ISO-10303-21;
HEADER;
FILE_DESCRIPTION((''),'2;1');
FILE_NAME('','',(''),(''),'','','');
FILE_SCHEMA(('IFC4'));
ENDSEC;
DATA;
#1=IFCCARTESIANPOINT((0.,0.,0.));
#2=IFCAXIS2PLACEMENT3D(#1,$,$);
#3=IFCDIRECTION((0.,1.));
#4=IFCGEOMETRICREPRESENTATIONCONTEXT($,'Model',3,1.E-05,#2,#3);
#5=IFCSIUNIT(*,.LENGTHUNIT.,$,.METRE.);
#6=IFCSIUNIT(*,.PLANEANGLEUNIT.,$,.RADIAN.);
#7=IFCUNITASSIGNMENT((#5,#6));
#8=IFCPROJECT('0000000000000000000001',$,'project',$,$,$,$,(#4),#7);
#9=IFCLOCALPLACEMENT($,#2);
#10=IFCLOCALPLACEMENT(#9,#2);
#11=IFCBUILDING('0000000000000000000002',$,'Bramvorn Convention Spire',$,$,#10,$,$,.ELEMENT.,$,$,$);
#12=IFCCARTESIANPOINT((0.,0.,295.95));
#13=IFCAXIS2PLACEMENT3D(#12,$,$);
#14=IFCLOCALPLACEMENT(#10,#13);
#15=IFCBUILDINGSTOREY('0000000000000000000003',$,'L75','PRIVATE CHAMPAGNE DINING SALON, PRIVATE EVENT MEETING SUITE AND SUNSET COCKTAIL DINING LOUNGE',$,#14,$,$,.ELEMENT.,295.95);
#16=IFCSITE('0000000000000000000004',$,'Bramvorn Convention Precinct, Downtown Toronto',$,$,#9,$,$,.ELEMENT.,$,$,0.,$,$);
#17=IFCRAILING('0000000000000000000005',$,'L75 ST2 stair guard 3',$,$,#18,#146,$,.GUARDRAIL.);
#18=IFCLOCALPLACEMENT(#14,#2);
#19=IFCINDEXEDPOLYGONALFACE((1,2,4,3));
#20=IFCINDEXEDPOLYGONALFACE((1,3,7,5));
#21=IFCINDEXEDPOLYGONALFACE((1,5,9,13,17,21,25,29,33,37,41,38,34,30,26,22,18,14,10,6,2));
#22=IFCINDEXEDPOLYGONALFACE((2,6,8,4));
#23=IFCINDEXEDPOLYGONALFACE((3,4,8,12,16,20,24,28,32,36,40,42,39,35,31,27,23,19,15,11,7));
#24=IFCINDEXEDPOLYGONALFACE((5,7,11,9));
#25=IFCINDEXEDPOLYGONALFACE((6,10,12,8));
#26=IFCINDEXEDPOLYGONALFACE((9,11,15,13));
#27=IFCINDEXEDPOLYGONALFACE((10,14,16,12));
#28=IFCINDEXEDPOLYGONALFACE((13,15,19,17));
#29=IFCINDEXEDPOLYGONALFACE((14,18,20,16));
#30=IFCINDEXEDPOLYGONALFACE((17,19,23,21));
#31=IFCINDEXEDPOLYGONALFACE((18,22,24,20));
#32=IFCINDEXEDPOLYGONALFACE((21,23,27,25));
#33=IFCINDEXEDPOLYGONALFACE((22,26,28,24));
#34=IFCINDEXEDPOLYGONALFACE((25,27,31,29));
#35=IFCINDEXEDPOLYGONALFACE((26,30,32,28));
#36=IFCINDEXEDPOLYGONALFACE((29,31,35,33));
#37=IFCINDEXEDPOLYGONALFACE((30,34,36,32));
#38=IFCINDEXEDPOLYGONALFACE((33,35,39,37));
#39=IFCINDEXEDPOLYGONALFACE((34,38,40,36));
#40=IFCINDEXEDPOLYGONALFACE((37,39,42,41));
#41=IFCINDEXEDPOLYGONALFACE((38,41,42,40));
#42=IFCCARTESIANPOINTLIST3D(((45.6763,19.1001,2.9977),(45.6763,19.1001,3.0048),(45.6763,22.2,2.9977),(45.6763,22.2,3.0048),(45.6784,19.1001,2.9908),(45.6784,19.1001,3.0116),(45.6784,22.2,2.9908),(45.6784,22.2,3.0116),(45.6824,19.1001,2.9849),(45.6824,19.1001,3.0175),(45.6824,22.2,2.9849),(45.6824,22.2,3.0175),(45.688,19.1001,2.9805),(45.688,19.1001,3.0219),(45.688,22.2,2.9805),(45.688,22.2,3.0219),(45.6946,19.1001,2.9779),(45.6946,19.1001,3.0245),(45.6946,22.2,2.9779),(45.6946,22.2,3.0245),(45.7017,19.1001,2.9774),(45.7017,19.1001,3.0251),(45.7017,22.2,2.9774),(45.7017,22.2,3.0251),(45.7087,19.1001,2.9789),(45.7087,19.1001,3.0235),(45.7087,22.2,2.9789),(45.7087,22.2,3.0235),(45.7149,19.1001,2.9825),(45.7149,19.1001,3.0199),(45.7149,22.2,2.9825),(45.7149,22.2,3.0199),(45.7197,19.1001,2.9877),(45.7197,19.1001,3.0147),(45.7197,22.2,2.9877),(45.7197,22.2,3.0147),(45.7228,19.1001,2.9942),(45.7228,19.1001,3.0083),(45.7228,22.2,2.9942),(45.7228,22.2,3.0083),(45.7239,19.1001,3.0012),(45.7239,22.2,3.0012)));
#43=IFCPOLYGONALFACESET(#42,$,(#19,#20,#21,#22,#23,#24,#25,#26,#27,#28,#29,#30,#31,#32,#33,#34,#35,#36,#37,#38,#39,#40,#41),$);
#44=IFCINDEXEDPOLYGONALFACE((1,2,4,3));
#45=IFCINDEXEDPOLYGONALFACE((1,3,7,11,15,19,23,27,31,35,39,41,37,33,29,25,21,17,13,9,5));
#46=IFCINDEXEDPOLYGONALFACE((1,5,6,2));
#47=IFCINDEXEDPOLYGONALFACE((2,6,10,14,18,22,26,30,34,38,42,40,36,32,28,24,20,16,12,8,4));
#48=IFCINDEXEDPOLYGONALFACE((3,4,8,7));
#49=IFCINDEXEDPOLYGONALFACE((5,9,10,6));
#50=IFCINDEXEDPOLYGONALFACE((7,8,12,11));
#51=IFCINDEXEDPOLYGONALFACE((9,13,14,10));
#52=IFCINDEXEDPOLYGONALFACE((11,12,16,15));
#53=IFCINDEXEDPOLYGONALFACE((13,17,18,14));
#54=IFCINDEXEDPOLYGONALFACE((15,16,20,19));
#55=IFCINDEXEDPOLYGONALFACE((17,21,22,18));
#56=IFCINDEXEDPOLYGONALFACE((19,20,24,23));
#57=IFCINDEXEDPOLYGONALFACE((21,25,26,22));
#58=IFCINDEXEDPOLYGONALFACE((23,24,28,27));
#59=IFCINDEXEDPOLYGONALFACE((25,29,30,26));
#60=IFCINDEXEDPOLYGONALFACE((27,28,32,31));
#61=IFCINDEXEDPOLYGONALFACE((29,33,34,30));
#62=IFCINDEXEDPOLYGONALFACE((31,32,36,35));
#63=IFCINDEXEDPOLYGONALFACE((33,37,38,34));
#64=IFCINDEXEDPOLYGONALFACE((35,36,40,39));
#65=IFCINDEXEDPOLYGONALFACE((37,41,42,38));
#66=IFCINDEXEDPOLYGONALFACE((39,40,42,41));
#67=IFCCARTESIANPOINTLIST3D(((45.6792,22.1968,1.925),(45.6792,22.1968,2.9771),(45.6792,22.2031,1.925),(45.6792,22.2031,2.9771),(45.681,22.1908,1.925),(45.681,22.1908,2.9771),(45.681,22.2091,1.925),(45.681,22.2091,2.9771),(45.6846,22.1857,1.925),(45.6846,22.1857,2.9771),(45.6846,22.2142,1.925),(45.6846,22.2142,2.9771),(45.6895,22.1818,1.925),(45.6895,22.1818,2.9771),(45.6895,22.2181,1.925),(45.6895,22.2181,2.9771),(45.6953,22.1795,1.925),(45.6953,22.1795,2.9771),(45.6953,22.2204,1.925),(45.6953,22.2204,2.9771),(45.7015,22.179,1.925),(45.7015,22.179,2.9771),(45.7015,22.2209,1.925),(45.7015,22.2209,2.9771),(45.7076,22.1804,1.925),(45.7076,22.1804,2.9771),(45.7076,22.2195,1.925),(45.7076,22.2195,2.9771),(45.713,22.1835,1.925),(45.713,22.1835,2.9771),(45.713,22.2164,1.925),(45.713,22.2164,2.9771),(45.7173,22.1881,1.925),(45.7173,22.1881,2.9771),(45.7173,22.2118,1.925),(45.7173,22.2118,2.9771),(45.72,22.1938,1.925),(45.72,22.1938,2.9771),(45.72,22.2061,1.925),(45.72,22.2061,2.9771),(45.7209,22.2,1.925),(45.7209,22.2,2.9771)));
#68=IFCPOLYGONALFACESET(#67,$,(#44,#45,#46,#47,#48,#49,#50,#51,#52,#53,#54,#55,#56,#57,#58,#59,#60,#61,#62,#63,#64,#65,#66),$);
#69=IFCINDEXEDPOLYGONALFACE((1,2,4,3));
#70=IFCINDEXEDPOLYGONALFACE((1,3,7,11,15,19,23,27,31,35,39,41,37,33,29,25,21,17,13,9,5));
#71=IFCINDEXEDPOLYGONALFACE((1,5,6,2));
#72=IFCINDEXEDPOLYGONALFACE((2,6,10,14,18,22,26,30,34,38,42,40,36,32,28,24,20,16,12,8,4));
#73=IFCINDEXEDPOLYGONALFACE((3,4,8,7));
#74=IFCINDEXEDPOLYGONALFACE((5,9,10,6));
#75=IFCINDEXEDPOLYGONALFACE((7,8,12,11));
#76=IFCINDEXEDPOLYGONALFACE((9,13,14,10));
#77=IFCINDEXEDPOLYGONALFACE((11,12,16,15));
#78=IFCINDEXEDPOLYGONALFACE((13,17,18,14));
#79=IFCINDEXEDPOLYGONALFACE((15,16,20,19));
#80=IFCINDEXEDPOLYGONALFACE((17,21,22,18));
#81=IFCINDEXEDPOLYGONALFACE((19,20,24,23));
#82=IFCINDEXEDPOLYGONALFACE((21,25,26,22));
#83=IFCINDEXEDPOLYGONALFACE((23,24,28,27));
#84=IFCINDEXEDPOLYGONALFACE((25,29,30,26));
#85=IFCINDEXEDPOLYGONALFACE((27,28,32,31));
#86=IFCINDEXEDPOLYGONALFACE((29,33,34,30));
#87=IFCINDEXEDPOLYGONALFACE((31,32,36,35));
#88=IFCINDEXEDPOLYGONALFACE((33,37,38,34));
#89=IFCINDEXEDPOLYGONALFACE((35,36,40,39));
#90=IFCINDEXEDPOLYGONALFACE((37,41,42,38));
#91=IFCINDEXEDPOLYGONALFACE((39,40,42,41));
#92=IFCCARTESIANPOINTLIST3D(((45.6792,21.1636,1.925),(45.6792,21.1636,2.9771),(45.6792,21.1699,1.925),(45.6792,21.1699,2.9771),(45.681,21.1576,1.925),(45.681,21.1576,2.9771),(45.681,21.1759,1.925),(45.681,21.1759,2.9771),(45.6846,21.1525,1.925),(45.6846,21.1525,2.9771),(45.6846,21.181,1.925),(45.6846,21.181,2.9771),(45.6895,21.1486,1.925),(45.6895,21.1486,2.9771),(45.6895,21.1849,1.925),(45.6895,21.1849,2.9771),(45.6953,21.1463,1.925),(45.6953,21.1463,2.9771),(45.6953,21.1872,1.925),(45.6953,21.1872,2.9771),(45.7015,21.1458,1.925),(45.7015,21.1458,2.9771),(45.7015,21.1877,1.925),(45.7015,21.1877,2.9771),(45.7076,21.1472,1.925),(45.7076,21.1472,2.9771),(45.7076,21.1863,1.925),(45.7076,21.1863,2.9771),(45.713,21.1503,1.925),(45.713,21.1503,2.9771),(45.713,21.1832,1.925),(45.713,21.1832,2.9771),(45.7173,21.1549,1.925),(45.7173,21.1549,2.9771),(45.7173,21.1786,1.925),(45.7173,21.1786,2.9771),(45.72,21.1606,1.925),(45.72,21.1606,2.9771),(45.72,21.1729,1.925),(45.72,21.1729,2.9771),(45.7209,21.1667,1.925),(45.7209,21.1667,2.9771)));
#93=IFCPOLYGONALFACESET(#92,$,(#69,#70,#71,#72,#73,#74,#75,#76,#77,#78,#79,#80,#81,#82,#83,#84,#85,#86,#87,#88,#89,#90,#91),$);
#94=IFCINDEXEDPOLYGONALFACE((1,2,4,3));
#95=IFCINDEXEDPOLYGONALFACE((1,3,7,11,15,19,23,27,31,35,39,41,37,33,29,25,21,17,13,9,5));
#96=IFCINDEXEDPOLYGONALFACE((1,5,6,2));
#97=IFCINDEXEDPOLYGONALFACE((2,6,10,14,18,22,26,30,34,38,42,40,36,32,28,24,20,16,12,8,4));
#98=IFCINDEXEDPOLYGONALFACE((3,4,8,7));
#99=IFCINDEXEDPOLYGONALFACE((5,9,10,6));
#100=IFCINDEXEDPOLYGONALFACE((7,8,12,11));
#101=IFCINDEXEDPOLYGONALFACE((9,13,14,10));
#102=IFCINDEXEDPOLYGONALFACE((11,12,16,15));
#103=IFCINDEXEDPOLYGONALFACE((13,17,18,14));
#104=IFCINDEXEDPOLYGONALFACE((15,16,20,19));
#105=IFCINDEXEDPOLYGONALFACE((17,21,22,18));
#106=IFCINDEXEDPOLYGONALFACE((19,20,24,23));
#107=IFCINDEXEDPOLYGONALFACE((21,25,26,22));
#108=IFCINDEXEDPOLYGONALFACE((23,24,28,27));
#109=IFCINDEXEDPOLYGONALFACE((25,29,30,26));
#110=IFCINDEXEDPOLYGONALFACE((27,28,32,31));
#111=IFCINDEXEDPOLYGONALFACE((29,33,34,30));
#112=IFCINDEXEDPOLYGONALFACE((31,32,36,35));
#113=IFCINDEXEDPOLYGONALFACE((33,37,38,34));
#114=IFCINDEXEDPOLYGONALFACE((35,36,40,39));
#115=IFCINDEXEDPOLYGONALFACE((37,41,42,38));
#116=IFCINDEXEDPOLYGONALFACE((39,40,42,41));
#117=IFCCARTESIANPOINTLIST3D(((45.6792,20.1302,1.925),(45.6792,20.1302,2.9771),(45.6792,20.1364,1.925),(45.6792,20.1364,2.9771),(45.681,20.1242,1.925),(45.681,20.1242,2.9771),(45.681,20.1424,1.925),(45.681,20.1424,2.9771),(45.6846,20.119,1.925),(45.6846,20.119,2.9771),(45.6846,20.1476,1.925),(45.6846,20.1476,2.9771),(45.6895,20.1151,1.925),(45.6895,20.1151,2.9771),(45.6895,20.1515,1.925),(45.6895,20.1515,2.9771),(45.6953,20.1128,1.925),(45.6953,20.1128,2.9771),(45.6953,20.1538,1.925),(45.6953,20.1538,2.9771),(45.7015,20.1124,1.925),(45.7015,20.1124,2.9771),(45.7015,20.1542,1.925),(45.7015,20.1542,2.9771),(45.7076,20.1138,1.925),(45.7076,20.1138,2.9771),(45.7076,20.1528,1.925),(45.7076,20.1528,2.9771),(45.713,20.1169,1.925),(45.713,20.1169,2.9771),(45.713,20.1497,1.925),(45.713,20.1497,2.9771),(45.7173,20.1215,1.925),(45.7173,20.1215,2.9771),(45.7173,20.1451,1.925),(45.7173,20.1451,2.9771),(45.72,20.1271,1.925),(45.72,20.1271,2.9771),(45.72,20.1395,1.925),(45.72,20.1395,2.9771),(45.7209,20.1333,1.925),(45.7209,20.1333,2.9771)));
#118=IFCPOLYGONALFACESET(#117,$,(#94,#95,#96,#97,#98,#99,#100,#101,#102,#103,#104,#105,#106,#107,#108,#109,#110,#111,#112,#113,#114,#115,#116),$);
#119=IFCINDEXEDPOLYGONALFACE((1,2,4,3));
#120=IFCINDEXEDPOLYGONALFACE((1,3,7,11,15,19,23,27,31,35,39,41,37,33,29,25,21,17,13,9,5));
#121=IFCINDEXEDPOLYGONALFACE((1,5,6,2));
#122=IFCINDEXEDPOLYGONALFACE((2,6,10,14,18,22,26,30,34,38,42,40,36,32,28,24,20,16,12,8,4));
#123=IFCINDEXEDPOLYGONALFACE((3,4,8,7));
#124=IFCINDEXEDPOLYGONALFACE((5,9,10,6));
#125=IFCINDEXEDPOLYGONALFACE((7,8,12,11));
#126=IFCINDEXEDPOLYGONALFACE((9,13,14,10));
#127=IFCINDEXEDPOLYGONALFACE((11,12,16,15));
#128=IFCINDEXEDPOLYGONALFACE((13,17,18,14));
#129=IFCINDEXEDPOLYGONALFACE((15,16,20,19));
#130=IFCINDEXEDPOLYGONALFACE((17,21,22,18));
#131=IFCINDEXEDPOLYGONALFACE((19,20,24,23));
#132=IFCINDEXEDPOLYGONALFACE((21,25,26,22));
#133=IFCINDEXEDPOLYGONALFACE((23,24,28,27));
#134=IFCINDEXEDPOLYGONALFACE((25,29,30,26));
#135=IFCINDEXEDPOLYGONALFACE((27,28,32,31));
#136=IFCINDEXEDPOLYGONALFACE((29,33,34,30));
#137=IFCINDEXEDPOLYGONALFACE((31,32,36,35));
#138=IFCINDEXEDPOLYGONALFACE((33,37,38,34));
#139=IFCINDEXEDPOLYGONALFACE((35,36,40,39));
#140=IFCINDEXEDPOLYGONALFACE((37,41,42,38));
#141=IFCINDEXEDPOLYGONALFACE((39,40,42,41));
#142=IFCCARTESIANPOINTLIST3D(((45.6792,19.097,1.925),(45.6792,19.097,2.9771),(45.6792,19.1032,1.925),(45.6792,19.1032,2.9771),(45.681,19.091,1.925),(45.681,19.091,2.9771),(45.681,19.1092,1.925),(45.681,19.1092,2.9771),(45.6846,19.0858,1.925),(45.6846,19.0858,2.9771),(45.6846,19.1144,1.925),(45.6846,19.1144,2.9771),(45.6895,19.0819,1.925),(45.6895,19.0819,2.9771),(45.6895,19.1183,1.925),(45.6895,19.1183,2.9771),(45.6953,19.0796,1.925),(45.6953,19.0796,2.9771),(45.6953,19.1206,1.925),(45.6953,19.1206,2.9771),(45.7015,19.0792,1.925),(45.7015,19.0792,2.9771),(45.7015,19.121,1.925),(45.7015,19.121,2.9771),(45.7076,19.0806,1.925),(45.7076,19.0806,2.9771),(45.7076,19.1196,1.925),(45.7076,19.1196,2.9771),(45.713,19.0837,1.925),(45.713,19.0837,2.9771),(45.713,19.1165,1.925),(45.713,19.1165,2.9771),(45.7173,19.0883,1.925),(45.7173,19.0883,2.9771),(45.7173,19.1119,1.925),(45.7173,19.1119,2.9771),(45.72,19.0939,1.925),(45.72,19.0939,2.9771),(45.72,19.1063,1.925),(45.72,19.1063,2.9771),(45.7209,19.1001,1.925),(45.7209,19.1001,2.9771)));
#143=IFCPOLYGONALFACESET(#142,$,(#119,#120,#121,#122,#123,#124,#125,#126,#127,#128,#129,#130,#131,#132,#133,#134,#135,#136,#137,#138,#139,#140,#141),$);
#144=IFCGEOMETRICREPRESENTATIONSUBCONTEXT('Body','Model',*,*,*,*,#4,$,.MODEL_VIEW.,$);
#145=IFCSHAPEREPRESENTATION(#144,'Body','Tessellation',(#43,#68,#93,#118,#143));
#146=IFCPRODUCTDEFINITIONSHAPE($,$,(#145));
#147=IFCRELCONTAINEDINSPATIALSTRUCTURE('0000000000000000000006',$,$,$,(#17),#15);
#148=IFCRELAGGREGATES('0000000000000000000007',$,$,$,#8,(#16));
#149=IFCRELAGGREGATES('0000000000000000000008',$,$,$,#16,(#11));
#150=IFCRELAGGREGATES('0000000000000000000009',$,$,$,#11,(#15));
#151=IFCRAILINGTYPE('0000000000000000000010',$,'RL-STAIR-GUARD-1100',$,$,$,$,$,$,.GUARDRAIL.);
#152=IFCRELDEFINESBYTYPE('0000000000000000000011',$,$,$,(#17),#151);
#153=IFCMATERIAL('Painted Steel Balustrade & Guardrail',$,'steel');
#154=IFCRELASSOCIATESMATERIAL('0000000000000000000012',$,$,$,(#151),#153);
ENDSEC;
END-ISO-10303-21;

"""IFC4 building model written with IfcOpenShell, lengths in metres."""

from ifc_helpers import new_model, si_unit, direction, frame, origin, origin_2d, place, context, subcontext, project, spatial, circle, extrude, material, type_object, element, save


model = new_model("IFC4")

# Units and contexts
model_context = context("Model", 3, precision=1e-05, world=origin(), true_north=direction((0.0, 1.0)))
body_context = subcontext(model_context, "Body", "Model", "MODEL_VIEW")
ifc_project = project(units=[si_unit("LENGTHUNIT", "METRE"), si_unit("PLANEANGLEUNIT", "RADIAN")], contexts=[model_context])

# Site, building, storey
site_placement = place(None, origin())
site = spatial("IfcSite", under=ifc_project, at=site_placement, Name="Bramvorn Convention Precinct, Downtown Toronto", CompositionType="ELEMENT", RefElevation=0.0)
building_placement = place(site_placement, origin())
building = spatial("IfcBuilding", under=site, at=building_placement, Name="Bramvorn Convention Spire", CompositionType="ELEMENT")
storey_placement = place(building_placement, frame((0.0, 0.0, 295.95)))
storey = spatial("IfcBuildingStorey", under=building, at=storey_placement, Name="L75", Description="PRIVATE CHAMPAGNE DINING SALON, PRIVATE EVENT MEETING SUITE AND SUNSET COCKTAIL DINING LOUNGE", CompositionType="ELEMENT", Elevation=295.95)

# Railing
ifc_material_1 = material(Name="Painted Steel Balustrade & Guardrail", Category="steel")
railing_type = type_object("IfcRailingType", Name="RL-STAIR-GUARD-1100", PredefinedType="GUARDRAIL", material=ifc_material_1)
railing_1_placement = place(storey_placement, frame((45.7, 22.2, 1.925)))
element("IfcRailing", 1, at=railing_1_placement, inside=storey, type_object=railing_type, Name="L75 ST2 stair guard 3", PredefinedType="GUARDRAIL", context=body_context, shape_type="SweptSolid", body=[
    extrude(circle(Radius=0.0239, at=origin_2d()), frame((0.0, 0.0, 1.0762), z_axis=(0.0, -1.0, 0.0), x_axis=(1.0, 0.0, 0.0)), (0.0, 0.0, 1.0), 3.0999),
    extrude(circle(Radius=0.021, at=origin_2d()), origin(), (0.0, 0.0, 1.0), 1.052),
    extrude(circle(Radius=0.021, at=origin_2d()), frame((0.0, -1.0332, 0.0)), (0.0, 0.0, 1.0), 1.052),
    extrude(circle(Radius=0.021, at=origin_2d()), frame((0.0, -2.0667, 0.0)), (0.0, 0.0, 1.0), 1.052),
    extrude(circle(Radius=0.021, at=origin_2d()), frame((0.0, -3.0999, 0.0)), (0.0, 0.0, 1.0), 1.052),
])

save(model, "model.ifc")
